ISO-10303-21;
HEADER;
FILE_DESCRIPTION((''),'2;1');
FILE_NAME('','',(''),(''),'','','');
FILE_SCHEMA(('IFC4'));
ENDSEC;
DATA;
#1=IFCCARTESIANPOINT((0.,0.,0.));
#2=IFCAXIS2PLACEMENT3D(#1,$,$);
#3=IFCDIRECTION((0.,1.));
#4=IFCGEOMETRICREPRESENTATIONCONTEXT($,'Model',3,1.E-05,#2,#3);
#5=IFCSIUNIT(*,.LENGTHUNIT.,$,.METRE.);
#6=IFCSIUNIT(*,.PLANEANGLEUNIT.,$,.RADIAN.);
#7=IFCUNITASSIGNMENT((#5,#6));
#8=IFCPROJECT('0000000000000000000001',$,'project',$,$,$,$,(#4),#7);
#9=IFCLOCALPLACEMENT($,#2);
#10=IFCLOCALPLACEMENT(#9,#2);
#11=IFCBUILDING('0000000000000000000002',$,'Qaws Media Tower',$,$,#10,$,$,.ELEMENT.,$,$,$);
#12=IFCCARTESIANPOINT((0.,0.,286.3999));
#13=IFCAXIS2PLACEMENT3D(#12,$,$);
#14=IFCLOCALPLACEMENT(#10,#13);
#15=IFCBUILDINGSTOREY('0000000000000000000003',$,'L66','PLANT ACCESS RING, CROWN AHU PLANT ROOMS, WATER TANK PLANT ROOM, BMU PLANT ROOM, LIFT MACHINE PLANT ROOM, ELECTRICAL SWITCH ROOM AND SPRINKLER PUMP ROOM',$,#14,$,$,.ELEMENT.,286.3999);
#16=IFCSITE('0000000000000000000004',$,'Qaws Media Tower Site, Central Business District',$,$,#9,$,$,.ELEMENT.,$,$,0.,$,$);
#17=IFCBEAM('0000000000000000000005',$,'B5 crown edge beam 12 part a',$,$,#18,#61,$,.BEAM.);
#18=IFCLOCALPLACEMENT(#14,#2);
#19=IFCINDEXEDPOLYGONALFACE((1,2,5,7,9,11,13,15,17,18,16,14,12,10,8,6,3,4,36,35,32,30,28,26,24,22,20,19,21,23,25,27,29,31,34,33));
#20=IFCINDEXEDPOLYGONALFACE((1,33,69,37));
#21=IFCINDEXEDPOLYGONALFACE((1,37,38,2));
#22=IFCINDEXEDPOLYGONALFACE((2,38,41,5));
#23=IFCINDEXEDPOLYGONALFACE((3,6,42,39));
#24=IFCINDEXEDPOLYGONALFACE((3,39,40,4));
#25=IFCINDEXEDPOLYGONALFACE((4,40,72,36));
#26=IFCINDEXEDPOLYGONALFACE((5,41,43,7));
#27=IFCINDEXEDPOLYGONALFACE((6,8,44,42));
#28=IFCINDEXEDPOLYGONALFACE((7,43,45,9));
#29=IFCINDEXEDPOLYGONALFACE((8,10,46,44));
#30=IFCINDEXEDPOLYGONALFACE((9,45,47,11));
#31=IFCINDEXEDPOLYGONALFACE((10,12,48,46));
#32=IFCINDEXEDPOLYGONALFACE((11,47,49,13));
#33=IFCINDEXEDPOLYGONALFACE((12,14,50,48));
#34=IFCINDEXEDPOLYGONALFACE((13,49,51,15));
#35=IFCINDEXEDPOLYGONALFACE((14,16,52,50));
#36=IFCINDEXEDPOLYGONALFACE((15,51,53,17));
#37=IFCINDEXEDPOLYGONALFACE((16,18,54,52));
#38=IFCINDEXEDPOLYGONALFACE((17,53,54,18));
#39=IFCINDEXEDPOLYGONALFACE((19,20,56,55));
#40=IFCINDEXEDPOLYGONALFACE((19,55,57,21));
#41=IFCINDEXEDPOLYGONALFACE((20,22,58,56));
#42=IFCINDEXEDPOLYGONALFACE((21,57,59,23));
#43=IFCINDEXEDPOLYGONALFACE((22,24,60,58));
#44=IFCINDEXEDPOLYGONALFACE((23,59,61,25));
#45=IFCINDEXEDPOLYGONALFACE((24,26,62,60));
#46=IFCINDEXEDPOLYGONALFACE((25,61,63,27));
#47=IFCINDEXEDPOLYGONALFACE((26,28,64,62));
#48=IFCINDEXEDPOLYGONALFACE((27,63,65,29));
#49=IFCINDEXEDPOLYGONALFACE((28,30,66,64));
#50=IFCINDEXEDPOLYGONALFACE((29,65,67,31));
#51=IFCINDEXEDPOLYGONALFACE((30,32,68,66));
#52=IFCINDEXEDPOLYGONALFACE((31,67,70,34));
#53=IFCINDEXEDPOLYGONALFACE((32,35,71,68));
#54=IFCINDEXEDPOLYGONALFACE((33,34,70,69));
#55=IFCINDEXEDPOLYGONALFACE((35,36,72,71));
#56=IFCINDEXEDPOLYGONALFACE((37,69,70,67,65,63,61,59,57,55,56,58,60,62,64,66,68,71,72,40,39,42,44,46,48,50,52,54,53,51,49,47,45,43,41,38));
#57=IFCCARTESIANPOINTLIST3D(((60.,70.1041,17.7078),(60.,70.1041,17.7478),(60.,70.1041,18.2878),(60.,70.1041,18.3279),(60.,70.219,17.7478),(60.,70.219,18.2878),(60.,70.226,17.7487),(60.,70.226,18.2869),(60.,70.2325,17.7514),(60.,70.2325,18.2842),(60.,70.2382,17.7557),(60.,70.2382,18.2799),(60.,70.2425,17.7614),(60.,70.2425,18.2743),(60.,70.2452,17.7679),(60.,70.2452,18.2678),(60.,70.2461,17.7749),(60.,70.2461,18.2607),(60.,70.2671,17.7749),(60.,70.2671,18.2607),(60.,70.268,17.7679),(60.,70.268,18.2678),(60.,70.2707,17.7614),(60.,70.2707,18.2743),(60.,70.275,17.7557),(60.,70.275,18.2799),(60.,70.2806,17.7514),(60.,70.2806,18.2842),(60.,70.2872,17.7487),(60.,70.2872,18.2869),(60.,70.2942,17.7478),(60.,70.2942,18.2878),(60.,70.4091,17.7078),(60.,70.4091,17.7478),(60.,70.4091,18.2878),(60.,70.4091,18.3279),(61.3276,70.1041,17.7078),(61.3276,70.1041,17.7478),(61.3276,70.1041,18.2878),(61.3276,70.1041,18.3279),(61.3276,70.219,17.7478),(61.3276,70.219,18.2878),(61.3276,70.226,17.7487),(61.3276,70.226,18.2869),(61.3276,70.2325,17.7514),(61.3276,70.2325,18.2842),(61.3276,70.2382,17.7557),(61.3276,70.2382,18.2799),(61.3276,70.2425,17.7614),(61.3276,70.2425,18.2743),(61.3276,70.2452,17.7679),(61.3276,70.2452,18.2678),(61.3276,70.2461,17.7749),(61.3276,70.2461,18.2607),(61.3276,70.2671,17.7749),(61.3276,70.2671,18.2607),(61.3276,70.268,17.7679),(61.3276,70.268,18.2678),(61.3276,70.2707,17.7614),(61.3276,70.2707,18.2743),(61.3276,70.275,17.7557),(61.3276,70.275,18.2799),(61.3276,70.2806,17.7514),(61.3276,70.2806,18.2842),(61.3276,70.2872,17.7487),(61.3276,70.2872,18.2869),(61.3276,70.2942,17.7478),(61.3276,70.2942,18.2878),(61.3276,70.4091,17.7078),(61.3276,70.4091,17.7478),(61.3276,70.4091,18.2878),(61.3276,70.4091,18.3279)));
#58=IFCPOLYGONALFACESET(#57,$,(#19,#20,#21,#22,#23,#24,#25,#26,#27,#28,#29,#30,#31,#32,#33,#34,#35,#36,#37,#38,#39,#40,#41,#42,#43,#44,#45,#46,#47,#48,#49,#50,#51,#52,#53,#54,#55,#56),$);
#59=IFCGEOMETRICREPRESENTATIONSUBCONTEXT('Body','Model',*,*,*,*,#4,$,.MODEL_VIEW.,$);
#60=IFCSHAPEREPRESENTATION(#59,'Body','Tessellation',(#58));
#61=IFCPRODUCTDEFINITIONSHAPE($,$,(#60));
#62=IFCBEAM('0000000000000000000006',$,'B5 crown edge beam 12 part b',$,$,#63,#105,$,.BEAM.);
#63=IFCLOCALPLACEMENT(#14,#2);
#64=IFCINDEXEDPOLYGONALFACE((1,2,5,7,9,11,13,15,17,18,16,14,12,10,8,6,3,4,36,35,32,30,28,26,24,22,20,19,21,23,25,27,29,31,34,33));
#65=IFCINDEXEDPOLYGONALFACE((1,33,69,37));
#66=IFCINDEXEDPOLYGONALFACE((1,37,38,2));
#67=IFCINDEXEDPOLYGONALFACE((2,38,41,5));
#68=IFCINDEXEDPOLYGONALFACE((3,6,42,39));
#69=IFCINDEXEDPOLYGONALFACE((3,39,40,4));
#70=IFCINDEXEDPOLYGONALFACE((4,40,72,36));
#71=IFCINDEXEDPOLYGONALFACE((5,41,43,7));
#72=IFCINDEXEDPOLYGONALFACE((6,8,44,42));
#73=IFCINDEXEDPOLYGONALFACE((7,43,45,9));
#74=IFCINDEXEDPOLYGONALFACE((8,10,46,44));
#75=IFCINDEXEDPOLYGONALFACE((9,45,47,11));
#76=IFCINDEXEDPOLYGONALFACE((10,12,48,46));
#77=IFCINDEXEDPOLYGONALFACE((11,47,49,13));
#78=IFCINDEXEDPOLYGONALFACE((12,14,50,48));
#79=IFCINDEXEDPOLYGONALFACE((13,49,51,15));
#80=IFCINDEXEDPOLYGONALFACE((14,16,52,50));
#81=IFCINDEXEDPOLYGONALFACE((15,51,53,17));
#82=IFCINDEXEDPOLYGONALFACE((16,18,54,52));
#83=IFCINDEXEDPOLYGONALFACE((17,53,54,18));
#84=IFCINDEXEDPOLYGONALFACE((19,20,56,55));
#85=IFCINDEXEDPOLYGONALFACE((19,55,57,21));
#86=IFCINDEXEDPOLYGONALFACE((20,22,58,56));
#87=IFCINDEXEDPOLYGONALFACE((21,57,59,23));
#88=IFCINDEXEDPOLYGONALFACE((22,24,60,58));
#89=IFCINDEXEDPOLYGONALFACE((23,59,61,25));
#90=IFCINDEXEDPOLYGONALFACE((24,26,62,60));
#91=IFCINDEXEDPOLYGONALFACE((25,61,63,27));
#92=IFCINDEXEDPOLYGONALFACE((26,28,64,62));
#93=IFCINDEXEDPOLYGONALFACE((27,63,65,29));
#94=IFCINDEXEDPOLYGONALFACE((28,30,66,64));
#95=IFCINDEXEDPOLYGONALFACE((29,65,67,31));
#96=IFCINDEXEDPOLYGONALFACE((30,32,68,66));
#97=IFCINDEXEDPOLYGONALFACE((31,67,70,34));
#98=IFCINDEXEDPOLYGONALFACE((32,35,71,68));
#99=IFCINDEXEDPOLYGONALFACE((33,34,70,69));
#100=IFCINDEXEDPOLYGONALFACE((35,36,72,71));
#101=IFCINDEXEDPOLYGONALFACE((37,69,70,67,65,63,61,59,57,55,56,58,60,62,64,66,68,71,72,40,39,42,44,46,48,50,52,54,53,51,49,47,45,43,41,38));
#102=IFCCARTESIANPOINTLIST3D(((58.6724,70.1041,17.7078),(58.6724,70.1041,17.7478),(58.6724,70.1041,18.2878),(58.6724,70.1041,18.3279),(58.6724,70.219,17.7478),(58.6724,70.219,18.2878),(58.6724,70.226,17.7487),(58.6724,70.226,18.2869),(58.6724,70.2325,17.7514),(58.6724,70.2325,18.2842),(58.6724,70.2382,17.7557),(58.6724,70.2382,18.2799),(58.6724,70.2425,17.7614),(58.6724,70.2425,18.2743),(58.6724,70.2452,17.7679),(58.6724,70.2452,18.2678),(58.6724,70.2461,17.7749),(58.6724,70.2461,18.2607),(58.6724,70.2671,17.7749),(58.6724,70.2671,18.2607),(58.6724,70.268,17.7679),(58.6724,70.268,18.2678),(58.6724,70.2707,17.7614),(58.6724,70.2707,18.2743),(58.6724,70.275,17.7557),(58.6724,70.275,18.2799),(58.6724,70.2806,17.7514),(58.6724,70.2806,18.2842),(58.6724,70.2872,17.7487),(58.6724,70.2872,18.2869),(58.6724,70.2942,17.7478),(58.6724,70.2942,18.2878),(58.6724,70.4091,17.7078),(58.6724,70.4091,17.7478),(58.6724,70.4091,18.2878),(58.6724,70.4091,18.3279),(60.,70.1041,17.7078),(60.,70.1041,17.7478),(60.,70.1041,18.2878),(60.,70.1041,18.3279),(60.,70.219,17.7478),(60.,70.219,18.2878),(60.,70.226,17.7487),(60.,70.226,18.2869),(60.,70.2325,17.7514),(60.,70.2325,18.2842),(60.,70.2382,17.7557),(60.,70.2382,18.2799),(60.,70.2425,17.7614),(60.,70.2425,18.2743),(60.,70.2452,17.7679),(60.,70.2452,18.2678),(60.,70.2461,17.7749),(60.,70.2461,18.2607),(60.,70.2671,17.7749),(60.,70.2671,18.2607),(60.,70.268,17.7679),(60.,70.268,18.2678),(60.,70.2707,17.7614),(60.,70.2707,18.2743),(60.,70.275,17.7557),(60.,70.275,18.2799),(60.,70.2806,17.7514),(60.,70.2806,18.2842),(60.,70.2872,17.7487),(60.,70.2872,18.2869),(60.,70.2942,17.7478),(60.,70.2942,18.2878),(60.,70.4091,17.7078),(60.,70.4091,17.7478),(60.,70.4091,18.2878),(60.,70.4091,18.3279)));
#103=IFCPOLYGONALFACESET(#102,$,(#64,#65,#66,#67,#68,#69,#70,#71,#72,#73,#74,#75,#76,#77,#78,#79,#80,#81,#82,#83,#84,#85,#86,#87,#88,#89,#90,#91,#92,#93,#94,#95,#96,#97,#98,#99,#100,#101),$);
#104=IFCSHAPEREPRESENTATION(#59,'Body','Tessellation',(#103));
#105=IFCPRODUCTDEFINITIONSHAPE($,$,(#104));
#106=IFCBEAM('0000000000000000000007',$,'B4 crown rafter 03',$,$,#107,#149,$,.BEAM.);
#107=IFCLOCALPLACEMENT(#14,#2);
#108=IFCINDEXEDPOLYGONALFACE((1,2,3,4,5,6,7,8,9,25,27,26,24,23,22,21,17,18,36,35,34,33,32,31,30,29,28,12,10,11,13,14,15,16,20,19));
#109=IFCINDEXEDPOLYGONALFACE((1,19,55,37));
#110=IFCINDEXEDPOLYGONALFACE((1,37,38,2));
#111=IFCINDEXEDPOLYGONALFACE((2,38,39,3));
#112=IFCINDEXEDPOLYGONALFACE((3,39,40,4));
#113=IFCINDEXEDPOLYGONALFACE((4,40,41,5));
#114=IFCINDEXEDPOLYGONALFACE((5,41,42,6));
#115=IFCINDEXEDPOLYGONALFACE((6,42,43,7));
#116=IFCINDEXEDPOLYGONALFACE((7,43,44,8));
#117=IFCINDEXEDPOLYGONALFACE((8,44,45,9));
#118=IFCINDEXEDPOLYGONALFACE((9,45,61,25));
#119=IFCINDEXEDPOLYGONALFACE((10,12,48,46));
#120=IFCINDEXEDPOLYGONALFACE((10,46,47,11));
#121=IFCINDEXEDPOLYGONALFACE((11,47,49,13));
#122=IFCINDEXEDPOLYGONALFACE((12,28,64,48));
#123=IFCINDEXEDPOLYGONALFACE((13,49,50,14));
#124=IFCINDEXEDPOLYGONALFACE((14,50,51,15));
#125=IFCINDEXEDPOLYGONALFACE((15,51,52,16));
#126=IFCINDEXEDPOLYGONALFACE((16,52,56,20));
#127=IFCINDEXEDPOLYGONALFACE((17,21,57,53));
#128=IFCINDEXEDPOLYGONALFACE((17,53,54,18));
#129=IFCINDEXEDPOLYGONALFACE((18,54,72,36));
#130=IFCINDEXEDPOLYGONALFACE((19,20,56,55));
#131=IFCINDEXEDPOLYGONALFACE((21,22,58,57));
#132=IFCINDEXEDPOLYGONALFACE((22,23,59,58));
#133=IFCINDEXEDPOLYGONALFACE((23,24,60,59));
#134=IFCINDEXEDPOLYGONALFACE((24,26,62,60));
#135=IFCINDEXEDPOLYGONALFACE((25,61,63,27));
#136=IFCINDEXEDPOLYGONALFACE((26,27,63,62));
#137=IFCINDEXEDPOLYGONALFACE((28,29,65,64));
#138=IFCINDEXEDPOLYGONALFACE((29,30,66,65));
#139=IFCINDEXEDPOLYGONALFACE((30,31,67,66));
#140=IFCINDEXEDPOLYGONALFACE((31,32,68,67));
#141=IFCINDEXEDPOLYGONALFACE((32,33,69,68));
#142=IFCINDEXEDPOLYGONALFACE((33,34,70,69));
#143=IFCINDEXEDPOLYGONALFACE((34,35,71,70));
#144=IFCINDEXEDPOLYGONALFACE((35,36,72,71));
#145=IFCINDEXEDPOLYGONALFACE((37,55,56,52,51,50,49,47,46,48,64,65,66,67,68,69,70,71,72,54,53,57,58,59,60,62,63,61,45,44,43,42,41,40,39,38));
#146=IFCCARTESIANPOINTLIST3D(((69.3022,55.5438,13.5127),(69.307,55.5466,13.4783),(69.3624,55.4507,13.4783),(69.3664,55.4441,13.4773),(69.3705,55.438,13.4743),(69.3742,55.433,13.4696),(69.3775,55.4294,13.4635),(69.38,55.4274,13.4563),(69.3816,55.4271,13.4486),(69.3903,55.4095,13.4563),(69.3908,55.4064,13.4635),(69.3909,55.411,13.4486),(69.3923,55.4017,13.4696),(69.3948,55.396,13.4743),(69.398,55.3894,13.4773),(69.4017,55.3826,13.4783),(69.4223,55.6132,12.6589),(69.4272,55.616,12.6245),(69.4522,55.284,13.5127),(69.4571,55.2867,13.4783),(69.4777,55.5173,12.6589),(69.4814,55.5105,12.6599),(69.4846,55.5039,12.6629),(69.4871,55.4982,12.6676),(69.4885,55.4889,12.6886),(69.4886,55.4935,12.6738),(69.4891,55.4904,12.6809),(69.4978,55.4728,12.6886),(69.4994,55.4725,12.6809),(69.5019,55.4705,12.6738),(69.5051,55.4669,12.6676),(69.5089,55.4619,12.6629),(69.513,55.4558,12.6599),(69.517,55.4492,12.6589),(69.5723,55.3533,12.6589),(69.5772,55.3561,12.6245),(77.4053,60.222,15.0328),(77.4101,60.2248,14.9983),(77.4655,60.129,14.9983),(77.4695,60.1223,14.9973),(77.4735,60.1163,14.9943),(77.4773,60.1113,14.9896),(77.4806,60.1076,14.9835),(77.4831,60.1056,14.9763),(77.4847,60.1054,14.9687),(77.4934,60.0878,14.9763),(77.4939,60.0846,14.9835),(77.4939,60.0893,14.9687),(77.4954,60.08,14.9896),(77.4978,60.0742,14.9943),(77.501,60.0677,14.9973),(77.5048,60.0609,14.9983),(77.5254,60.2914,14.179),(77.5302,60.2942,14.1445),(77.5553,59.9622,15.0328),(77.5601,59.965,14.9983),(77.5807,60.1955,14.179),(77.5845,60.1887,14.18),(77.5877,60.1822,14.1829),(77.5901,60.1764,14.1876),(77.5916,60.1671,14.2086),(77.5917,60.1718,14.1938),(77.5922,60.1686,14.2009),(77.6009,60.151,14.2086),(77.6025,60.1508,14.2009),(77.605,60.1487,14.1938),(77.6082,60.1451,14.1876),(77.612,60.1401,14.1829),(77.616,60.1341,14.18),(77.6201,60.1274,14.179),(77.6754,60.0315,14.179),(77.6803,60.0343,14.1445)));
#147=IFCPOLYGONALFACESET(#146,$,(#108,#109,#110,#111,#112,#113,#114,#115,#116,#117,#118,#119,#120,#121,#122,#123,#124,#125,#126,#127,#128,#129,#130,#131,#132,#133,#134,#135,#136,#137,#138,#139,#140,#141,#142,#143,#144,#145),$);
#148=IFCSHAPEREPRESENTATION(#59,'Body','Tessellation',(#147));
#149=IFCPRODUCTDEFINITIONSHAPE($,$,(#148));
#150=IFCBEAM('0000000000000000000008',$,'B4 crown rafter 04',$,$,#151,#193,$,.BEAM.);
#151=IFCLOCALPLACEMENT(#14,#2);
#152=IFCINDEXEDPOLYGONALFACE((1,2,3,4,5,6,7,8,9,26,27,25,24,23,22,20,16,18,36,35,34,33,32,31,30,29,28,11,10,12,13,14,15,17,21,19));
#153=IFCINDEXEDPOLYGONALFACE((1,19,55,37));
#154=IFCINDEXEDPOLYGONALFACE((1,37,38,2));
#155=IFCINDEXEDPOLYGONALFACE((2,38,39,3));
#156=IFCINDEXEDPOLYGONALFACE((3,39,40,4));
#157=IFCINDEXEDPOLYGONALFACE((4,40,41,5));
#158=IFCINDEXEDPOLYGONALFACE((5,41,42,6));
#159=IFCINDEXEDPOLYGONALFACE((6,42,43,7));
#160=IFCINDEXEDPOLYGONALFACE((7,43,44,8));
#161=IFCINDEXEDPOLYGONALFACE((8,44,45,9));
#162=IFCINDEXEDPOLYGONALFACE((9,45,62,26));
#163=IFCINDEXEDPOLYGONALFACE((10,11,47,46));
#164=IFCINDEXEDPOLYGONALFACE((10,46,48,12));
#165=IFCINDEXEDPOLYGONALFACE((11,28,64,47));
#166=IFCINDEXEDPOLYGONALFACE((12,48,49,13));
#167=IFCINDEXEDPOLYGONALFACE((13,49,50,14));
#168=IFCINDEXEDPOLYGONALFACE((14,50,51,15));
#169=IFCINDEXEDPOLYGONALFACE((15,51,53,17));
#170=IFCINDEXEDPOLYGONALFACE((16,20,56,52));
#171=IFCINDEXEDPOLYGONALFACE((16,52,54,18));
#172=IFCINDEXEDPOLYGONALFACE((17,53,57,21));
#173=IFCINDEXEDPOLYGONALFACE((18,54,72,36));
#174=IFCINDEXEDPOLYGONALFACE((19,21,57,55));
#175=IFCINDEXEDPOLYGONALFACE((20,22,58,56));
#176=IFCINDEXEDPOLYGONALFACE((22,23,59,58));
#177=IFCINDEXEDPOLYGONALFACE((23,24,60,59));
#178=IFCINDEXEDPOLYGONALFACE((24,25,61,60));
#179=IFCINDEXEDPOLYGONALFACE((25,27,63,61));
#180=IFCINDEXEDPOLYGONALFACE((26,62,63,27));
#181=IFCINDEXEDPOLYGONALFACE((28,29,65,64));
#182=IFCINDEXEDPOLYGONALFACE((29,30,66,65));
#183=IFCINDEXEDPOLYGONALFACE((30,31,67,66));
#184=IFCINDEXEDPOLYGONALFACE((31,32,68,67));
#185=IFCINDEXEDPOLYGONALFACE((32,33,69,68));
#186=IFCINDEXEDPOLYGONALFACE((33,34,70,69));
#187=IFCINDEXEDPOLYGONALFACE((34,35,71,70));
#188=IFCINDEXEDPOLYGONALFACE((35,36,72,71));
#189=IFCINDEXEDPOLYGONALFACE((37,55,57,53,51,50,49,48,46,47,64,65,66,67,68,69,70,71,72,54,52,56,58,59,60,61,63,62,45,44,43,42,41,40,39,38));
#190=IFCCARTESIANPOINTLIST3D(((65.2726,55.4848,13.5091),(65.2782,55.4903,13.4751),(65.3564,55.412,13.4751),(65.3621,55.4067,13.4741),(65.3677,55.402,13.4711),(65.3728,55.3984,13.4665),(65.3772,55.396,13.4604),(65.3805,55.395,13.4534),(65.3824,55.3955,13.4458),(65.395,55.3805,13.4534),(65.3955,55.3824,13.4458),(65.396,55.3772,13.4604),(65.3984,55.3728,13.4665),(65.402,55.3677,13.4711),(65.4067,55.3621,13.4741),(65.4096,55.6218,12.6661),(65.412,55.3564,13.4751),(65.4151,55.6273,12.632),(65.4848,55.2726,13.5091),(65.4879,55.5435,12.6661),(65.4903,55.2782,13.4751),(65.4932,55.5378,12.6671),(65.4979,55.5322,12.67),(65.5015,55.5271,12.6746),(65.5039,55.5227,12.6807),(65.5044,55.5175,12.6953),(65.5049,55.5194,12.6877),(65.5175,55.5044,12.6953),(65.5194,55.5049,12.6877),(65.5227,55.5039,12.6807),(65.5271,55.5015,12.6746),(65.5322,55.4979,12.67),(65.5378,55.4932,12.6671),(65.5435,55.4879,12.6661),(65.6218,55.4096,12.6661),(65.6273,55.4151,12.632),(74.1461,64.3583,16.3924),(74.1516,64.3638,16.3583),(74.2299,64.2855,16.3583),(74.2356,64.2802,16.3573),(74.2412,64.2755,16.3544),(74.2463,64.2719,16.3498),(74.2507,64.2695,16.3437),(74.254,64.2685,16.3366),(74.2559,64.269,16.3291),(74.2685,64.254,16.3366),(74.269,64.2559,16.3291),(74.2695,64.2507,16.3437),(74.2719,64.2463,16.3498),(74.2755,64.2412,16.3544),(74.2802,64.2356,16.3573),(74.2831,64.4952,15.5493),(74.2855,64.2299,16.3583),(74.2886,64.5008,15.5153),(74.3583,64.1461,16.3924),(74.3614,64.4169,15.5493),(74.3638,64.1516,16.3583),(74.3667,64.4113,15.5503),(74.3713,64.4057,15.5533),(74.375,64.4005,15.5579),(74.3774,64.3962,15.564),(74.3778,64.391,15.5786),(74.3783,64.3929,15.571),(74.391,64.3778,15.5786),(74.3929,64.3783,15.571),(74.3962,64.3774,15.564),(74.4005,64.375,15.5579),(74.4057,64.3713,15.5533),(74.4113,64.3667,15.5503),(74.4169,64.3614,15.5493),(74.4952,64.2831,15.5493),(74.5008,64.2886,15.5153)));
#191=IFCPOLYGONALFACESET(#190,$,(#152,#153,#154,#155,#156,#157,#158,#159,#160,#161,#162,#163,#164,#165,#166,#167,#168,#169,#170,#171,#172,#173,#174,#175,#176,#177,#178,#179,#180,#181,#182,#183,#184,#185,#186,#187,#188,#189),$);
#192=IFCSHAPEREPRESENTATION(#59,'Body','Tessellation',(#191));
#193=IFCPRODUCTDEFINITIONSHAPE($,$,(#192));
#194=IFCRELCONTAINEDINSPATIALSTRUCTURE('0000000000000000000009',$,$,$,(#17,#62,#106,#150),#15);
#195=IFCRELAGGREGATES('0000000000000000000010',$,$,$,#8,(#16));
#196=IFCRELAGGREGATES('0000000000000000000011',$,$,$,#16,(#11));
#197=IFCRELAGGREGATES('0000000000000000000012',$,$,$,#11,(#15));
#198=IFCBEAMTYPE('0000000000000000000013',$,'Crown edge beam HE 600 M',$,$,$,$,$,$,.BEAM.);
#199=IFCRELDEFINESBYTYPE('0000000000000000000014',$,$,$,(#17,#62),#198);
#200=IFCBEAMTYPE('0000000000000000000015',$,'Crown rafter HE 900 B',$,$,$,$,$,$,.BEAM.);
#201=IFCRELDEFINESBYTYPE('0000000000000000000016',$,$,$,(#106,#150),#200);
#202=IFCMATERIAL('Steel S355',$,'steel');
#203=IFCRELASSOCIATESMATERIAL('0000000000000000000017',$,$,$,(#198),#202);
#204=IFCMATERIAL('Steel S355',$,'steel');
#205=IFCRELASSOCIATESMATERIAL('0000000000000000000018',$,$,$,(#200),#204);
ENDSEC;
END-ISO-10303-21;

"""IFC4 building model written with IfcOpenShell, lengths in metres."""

from ifc_helpers import new_model, si_unit, direction, frame, origin, origin_2d, place, context, subcontext, project, spatial, i_section, extrude, material, material_profile, profile_set, type_object, element, save


model = new_model("IFC4")

# Units and contexts
model_context = context("Model", 3, precision=1e-05, world=origin(), true_north=direction((0.0, 1.0)))
body_context = subcontext(model_context, "Body", "Model", "MODEL_VIEW")
ifc_project = project(units=[si_unit("LENGTHUNIT", "METRE"), si_unit("PLANEANGLEUNIT", "RADIAN")], contexts=[model_context])

# Site, building, storey
site_placement = place(None, origin())
site = spatial("IfcSite", under=ifc_project, at=site_placement, Name="Qaws Media Tower Site, Central Business District", CompositionType="ELEMENT", RefElevation=0.0)
building_placement = place(site_placement, origin())
building = spatial("IfcBuilding", under=site, at=building_placement, Name="Qaws Media Tower", CompositionType="ELEMENT")
storey_placement = place(building_placement, frame((0.0, 0.0, 286.3999)))
storey = spatial("IfcBuildingStorey", under=building, at=storey_placement, Name="L66", Description="PLANT ACCESS RING, CROWN AHU PLANT ROOMS, WATER TANK PLANT ROOM, BMU PLANT ROOM, LIFT MACHINE PLANT ROOM, ELECTRICAL SWITCH ROOM AND SPRINKLER PUMP ROOM", CompositionType="ELEMENT", Elevation=286.3999)

# Beams
ifc_material_1 = material(Name="Steel S355", Category="steel")
ifc_material_profile_1 = material_profile(ifc_material_1, i_section(OverallWidth=0.3049, OverallDepth=0.6201, WebThickness=0.021, FlangeThickness=0.04, FilletRadius=0.0271, at=origin_2d()), Name="HE 600 M")
ifc_profile_set_1 = profile_set([ifc_material_profile_1], Name="Steel S355")
beam_type_1 = type_object("IfcBeamType", Name="Crown edge beam HE 600 M", PredefinedType="BEAM", material=ifc_profile_set_1)
for number, where, z_axis, x_axis, name in (
    (1, (61.3276, 70.2566, 18.0178), (-1.0, 0.0, 0.0), (0.0, -1.0, 0.0), "B5 crown edge beam 12 part a"),
    (2, (60.0, 70.2566, 18.0178), (-1.0, 0.0, 0.0), (0.0, -1.0, 0.0), "B5 crown edge beam 12 part b"),
):
    element("IfcBeam", number, at=place(storey_placement, frame(where, z_axis=z_axis, x_axis=x_axis)), inside=storey, type_object=beam_type_1, Name=name, PredefinedType="BEAM", context=body_context, shape_type="SweptSolid", body=[
        extrude(i_section(OverallWidth=0.3049, OverallDepth=0.6201, WebThickness=0.021, FlangeThickness=0.04, FilletRadius=0.0271, at=origin_2d()), origin(), (0.0, 0.0, 1.0), 1.3276),
    ])
ifc_material_2 = material(Name="Steel S355", Category="steel")
ifc_material_profile_2 = material_profile(ifc_material_2, i_section(OverallWidth=0.3, OverallDepth=0.8999, WebThickness=0.0186, FlangeThickness=0.0349, FilletRadius=0.03, at=origin_2d()), Name="HE 900 B")
ifc_profile_set_2 = profile_set([ifc_material_profile_2], Name="Steel S355")
beam_type_2 = type_object("IfcBeamType", Name="Crown rafter HE 900 B", PredefinedType="BEAM", material=ifc_profile_set_2)
beam_1_placement = place(storey_placement, frame((69.4397, 55.45, 13.0686), z_axis=(0.854822, 0.493525, 0.160353), x_axis=(-0.499995, 0.866028, 0.0)))
element("IfcBeam", 3, at=beam_1_placement, inside=storey, type_object=beam_type_2, Name="B4 crown rafter 03", PredefinedType="BEAM", context=body_context, shape_type="SweptSolid", body=[
    extrude(i_section(OverallWidth=0.3, OverallDepth=0.8999, WebThickness=0.0186, FlangeThickness=0.0349, FilletRadius=0.03, at=origin_2d()), origin(), (0.0, 0.0, 1.0), 9.4792),
])
beam_2_placement = place(storey_placement, frame((65.45, 55.45, 13.0706), z_axis=(0.68915, 0.68915, 0.223927), x_axis=(-0.707107, 0.707107, 0.0)))
element("IfcBeam", 4, at=beam_2_placement, inside=storey, type_object=beam_type_2, Name="B4 crown rafter 04", PredefinedType="BEAM", context=body_context, shape_type="SweptSolid", body=[
    extrude(i_section(OverallWidth=0.3, OverallDepth=0.8999, WebThickness=0.0186, FlangeThickness=0.0349, FilletRadius=0.03, at=origin_2d()), origin(), (0.0, 0.0, 1.0), 12.876),
])

save(model, "model.ifc")
